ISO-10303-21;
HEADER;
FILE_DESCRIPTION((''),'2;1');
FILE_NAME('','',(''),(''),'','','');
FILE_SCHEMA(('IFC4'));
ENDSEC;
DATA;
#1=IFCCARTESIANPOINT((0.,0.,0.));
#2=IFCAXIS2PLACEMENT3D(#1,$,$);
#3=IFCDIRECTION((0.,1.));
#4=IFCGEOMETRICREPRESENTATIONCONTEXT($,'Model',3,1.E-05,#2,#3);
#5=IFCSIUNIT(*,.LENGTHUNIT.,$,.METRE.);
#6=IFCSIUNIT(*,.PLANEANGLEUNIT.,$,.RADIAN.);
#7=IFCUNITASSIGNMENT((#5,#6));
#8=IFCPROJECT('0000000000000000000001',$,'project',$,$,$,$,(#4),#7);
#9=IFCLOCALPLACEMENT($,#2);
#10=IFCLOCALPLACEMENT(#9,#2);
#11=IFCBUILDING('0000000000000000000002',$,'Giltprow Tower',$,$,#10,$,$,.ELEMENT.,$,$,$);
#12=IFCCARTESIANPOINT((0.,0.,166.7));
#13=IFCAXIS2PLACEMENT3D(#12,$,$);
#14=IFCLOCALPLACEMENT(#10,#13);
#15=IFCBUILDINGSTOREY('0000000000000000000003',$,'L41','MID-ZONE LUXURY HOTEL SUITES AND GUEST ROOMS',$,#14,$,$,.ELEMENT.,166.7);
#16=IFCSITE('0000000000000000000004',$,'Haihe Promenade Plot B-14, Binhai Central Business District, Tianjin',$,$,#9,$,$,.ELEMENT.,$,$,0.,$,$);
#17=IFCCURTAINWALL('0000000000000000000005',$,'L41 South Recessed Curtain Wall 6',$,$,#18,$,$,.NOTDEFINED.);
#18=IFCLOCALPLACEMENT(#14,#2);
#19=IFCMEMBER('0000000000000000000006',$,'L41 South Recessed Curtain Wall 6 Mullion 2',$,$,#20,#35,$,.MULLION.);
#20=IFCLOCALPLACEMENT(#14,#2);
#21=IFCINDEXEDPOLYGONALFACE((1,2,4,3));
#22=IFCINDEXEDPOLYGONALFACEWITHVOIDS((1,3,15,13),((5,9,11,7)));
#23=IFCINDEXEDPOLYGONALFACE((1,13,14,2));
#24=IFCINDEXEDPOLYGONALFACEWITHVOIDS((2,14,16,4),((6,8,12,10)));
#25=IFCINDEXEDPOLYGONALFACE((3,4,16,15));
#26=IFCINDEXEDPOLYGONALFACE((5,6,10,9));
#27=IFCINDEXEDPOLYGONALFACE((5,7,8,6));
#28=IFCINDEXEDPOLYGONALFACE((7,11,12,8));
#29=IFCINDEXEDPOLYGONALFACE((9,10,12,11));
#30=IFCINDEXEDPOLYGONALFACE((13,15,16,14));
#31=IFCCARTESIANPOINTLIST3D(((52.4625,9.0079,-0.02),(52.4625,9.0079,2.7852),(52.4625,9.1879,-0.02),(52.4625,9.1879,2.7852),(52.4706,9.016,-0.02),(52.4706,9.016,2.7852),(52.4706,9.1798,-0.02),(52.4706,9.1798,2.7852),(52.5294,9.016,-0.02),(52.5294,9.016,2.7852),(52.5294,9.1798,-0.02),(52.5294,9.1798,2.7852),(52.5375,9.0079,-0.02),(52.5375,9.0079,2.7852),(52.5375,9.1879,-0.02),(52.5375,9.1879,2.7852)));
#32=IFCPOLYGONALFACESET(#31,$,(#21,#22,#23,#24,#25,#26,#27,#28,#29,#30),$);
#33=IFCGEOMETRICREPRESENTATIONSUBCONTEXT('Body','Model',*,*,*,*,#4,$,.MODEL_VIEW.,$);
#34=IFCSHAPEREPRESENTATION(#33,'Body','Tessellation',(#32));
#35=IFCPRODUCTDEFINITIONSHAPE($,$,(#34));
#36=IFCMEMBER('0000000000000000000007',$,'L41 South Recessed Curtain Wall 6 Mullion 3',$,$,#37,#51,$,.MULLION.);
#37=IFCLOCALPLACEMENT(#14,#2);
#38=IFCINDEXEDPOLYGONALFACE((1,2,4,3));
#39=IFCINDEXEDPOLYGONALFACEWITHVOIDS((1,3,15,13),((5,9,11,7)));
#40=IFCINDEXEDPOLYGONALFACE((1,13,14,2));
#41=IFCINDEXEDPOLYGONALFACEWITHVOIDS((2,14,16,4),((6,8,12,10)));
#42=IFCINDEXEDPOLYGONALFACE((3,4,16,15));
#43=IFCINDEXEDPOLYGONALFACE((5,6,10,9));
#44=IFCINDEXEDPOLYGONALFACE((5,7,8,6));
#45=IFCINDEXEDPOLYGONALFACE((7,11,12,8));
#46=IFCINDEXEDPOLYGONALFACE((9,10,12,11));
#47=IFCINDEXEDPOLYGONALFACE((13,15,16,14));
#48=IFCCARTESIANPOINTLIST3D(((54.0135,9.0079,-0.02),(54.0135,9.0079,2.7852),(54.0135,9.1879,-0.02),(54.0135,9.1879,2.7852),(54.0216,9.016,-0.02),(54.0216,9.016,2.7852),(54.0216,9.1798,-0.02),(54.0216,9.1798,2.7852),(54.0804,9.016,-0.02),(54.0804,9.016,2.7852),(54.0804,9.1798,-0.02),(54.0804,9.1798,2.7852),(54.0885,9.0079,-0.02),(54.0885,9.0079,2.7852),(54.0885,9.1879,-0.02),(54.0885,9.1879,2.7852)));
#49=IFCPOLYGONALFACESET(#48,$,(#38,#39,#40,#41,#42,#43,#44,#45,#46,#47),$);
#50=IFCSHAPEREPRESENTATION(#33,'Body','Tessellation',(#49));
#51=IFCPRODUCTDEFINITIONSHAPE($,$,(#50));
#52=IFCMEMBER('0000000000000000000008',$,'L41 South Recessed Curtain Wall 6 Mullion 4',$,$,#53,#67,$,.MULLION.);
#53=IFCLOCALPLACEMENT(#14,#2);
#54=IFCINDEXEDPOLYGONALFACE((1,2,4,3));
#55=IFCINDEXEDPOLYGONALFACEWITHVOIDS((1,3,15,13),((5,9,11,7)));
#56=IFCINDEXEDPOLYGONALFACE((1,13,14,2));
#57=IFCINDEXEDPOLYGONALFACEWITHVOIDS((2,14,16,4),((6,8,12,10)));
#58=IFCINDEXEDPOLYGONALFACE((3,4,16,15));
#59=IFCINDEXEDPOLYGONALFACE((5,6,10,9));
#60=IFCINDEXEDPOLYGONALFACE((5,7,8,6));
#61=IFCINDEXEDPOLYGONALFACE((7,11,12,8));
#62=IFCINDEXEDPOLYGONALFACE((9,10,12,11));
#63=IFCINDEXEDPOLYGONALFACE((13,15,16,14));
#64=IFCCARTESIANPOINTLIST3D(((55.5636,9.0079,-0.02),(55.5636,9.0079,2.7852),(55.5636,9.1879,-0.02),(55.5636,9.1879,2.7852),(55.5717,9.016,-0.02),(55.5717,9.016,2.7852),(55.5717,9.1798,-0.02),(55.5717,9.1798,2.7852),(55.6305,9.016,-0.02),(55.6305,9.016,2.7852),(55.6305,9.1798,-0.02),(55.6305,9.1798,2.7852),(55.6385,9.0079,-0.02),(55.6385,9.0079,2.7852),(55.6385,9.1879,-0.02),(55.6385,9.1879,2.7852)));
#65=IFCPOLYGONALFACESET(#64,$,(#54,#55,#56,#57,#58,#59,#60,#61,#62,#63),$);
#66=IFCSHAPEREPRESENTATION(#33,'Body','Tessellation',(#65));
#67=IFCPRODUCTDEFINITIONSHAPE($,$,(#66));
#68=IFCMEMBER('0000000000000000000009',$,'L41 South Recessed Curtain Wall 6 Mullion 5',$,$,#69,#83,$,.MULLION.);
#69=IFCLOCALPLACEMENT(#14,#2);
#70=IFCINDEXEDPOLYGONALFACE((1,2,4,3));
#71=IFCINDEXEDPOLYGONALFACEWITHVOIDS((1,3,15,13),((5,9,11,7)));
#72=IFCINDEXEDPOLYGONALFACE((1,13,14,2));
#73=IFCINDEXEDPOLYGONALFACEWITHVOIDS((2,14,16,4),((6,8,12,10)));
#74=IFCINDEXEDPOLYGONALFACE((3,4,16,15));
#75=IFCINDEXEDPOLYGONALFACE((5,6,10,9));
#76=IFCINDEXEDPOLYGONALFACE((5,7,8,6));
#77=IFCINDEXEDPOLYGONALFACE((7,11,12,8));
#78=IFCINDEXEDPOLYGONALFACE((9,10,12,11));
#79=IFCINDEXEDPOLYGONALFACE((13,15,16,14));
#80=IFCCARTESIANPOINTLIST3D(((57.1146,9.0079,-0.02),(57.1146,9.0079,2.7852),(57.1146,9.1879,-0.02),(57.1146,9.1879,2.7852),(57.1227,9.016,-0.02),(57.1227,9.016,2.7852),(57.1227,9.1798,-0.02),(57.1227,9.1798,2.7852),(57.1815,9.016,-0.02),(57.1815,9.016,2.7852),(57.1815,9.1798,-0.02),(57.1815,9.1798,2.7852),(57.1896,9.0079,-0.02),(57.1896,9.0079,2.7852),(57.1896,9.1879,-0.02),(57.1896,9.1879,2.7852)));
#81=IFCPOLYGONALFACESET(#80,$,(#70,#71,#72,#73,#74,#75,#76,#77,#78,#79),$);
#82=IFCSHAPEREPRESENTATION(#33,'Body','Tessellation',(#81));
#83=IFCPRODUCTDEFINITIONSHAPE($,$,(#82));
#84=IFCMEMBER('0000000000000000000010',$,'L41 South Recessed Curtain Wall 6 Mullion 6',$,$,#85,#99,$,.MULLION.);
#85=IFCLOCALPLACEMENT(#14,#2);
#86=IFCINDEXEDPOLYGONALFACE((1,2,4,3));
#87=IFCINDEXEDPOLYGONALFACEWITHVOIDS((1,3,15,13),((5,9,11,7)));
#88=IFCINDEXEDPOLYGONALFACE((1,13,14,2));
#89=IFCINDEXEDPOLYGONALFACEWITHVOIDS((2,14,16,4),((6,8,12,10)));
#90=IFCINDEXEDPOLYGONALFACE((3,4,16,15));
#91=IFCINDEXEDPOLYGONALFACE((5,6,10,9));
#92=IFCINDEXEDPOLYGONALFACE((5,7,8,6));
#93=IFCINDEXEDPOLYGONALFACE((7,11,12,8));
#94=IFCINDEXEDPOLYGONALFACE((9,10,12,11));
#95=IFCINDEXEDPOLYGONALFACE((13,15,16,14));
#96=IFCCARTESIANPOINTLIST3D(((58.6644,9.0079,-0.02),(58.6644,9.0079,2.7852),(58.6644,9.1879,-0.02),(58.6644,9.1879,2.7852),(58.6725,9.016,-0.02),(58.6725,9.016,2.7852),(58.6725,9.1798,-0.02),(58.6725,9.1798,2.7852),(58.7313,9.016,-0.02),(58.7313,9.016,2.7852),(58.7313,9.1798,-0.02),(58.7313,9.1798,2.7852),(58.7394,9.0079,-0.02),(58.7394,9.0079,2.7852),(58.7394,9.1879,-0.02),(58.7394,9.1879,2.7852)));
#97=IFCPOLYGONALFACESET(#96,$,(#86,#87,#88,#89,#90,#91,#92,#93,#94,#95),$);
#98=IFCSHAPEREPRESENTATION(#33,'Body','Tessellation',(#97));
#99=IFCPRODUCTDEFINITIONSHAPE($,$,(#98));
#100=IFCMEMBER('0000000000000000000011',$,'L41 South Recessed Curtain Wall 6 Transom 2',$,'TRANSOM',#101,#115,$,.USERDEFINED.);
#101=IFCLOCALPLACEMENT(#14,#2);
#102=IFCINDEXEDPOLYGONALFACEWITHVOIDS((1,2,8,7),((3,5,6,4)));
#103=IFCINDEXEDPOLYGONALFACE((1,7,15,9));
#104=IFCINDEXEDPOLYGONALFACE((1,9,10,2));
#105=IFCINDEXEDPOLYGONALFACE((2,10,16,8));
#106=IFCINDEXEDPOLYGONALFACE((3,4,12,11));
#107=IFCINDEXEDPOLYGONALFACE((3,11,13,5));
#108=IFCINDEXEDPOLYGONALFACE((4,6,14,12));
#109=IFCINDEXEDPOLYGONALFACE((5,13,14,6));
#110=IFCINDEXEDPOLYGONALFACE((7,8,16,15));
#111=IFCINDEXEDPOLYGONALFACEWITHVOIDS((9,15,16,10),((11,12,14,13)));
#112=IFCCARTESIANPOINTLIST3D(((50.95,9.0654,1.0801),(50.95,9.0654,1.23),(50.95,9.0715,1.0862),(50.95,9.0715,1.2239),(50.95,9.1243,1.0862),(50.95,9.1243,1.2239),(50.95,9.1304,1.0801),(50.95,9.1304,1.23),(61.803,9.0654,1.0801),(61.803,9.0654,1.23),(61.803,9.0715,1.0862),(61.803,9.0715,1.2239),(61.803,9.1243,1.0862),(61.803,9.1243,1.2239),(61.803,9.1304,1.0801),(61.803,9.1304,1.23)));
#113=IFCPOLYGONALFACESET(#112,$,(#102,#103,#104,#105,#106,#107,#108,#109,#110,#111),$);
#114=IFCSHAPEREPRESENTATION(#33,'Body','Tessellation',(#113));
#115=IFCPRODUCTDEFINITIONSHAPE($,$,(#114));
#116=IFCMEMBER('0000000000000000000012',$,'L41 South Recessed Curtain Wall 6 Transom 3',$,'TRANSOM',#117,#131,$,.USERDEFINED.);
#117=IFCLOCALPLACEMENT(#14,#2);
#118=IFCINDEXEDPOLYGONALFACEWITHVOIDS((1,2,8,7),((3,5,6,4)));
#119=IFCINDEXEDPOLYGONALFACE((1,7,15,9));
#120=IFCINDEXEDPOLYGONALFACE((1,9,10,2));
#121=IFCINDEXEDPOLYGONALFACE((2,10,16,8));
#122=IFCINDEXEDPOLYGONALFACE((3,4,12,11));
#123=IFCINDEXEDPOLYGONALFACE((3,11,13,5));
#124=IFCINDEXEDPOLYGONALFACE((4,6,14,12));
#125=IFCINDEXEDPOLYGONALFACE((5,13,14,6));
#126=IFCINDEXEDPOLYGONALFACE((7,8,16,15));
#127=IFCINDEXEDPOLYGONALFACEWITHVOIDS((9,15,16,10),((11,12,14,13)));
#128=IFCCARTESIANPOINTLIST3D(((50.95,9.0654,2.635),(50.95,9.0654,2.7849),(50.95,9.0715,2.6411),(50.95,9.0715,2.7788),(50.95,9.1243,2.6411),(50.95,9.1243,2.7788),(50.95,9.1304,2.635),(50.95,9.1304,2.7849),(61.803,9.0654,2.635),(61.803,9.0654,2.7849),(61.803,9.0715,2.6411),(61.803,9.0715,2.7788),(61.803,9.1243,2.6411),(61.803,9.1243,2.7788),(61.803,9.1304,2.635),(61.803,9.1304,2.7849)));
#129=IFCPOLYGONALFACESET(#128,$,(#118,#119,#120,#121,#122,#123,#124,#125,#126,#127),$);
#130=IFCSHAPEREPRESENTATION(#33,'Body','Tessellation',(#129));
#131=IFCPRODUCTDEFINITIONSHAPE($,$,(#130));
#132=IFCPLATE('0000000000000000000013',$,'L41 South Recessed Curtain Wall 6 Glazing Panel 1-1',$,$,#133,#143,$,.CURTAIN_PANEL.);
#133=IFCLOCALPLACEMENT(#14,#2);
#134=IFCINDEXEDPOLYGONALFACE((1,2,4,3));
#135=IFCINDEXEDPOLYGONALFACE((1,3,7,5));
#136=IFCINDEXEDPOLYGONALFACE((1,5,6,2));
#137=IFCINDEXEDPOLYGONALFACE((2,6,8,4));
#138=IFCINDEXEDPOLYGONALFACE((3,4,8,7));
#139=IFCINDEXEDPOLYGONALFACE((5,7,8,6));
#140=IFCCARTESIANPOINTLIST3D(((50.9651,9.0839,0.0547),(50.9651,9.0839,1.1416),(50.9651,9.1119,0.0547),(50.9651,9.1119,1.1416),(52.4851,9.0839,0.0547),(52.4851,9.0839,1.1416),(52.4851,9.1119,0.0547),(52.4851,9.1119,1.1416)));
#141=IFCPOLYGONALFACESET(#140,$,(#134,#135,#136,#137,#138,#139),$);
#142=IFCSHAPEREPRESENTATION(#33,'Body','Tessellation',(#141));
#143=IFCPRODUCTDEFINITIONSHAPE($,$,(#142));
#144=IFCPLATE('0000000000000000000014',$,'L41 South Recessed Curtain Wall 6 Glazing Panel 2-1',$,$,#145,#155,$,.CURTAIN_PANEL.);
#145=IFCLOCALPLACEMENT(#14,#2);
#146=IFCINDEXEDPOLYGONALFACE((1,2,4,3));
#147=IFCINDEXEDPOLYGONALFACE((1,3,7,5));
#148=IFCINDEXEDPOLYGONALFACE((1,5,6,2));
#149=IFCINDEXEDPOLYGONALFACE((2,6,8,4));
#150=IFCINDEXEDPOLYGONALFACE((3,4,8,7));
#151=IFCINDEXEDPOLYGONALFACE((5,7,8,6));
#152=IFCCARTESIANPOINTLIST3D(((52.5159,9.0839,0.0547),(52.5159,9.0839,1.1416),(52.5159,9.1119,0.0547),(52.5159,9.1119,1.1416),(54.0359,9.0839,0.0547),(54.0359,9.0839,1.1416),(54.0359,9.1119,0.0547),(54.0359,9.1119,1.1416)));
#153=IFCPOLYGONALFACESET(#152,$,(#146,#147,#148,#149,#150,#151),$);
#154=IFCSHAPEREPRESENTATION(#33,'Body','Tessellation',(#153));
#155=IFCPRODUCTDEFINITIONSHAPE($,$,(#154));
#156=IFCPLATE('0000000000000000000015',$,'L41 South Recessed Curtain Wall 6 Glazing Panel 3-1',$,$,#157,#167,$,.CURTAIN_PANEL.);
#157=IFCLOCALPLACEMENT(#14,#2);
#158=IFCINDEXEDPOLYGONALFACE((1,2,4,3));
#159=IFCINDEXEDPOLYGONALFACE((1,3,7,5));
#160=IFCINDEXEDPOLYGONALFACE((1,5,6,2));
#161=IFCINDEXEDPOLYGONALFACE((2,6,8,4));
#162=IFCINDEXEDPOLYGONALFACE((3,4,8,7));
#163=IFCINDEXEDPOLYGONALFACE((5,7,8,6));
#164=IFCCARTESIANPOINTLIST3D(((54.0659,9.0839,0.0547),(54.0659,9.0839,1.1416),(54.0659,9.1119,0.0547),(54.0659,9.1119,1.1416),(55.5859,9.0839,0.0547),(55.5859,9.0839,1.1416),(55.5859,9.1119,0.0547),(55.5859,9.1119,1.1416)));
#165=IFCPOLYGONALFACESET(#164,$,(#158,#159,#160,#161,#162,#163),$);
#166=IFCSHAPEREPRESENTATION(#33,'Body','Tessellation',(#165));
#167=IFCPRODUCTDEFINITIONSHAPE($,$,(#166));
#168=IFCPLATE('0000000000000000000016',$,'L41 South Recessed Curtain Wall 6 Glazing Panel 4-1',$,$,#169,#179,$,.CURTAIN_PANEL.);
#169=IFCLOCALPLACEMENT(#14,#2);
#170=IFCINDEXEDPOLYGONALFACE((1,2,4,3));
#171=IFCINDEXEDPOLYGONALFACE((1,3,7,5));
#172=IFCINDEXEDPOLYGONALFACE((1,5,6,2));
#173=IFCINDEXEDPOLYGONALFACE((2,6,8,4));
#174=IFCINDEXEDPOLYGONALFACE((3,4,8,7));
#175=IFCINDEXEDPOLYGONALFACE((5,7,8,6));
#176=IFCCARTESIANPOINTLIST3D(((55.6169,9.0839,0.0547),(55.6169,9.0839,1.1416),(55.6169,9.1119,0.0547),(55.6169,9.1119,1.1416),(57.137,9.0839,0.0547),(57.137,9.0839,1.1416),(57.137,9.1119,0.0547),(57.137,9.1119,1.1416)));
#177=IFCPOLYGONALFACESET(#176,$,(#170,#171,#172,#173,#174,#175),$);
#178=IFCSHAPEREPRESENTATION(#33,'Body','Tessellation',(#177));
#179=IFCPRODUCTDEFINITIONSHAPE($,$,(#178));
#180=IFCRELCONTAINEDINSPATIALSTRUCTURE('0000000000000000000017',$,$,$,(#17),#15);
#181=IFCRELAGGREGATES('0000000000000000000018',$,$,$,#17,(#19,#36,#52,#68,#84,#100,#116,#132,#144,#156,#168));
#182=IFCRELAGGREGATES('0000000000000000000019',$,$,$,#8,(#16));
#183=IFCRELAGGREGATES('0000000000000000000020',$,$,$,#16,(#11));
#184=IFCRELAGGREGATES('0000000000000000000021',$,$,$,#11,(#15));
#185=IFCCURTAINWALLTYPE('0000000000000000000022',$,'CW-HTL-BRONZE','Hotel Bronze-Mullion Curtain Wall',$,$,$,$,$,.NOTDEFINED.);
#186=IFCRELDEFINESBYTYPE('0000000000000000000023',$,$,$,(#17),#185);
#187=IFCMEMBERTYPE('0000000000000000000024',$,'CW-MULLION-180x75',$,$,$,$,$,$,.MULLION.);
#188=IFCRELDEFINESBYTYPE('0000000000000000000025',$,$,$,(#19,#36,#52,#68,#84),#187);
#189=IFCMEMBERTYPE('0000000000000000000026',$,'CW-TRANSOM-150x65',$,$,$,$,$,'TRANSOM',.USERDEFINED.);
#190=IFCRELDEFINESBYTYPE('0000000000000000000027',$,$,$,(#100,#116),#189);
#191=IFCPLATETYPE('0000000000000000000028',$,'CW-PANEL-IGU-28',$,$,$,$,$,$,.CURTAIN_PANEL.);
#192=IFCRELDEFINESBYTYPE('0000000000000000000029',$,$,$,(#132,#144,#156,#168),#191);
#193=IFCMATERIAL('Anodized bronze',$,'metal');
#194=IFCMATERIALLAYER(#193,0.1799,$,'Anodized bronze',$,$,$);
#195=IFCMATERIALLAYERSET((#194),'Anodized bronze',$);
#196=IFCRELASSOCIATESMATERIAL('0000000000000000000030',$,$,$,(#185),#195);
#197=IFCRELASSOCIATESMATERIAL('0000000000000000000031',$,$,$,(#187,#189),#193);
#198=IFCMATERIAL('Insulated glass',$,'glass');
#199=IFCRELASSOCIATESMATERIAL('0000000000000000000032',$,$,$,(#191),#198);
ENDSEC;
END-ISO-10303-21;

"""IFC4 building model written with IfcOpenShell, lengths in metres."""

from ifc_helpers import new_model, si_unit, direction, frame, origin, origin_2d, place, context, subcontext, project, spatial, rectangle, hollow_rectangle, extrude, source, transform, mapped, material, layer, layer_set, material_profile, profile_set, type_object, element, aggregate, save


model = new_model("IFC4")

# Units and contexts
model_context = context("Model", 3, precision=1e-05, world=origin(), true_north=direction((0.0, 1.0)))
body_context = subcontext(model_context, "Body", "Model", "MODEL_VIEW")
ifc_project = project(units=[si_unit("LENGTHUNIT", "METRE"), si_unit("PLANEANGLEUNIT", "RADIAN")], contexts=[model_context])

# Site, building, storey
site_placement = place(None, origin())
site = spatial("IfcSite", under=ifc_project, at=site_placement, Name="Haihe Promenade Plot B-14, Binhai Central Business District, Tianjin", CompositionType="ELEMENT", RefElevation=0.0)
building_placement = place(site_placement, origin())
building = spatial("IfcBuilding", under=site, at=building_placement, Name="Giltprow Tower", CompositionType="ELEMENT")
storey_placement = place(building_placement, frame((0.0, 0.0, 166.7)))
storey = spatial("IfcBuildingStorey", under=building, at=storey_placement, Name="L41", Description="MID-ZONE LUXURY HOTEL SUITES AND GUEST ROOMS", CompositionType="ELEMENT", Elevation=166.7)

# Curtain wall, members, plates
ifc_material_1 = material(Name="Anodized bronze", Category="metal")
ifc_layer = layer(ifc_material_1, 0.1799, Name="Anodized bronze")
ifc_layer_set = layer_set([ifc_layer], Name="Anodized bronze")
curtain_wall_type = type_object("IfcCurtainWallType", Name="CW-HTL-BRONZE", Description="Hotel Bronze-Mullion Curtain Wall", PredefinedType="NOTDEFINED", material=ifc_layer_set)
curtain_wall_placement = place(storey_placement, origin())
curtain_wall = element("IfcCurtainWall", 1, at=curtain_wall_placement, inside=storey, type_object=curtain_wall_type, Name="L41 South Recessed Curtain Wall 6", PredefinedType="NOTDEFINED")
ifc_material_profile_1 = material_profile(ifc_material_1, hollow_rectangle(XDim=0.075, YDim=0.1799, WallThickness=0.0081, at=origin_2d()), Name="RHS 180x75x8")
ifc_profile_set_1 = profile_set([ifc_material_profile_1], Name="Anodized bronze")
member_type_1 = type_object("IfcMemberType", Name="CW-MULLION-180x75", PredefinedType="MULLION", material=ifc_profile_set_1)
shared_shape_1 = source(origin(), body_context, "Body", "SweptSolid", [
    extrude(hollow_rectangle(XDim=0.075, YDim=0.1799, WallThickness=0.0081, at=origin_2d()), origin(), (0.0, 0.0, 1.0), 2.8052),
])
member_1_placement = place(storey_placement, frame((52.5, 9.0979, -0.02), z_axis=(0.0, 0.0, 1.0), x_axis=(1.0, 0.0, 0.0)))
member_1 = element("IfcMember", 2, at=member_1_placement, type_object=member_type_1, Name="L41 South Recessed Curtain Wall 6 Mullion 2", PredefinedType="MULLION", context=body_context, shape_type="MappedRepresentation", body=[
    mapped(shared_shape_1, transform((0.0, 0.0, 0.0), x_axis=(1.0, 0.0, 0.0), y_axis=(0.0, 1.0, 0.0), z_axis=(0.0, 0.0, 1.0), scale=1.0)),
])
member_2_placement = place(storey_placement, frame((54.051, 9.0979, -0.02), z_axis=(0.0, 0.0, 1.0), x_axis=(1.0, 0.0, 0.0)))
member_2 = element("IfcMember", 3, at=member_2_placement, type_object=member_type_1, Name="L41 South Recessed Curtain Wall 6 Mullion 3", PredefinedType="MULLION", context=body_context, shape_type="MappedRepresentation", body=[
    mapped(shared_shape_1, transform((0.0, 0.0, 0.0), x_axis=(1.0, 0.0, 0.0), y_axis=(0.0, 1.0, 0.0), z_axis=(0.0, 0.0, 1.0), scale=1.0)),
])
member_3_placement = place(storey_placement, frame((55.6011, 9.0979, -0.02), z_axis=(0.0, 0.0, 1.0), x_axis=(1.0, 0.0, 0.0)))
member_3 = element("IfcMember", 4, at=member_3_placement, type_object=member_type_1, Name="L41 South Recessed Curtain Wall 6 Mullion 4", PredefinedType="MULLION", context=body_context, shape_type="MappedRepresentation", body=[
    mapped(shared_shape_1, transform((0.0, 0.0, 0.0), x_axis=(1.0, 0.0, 0.0), y_axis=(0.0, 1.0, 0.0), z_axis=(0.0, 0.0, 1.0), scale=1.0)),
])
member_4_placement = place(storey_placement, frame((57.1521, 9.0979, -0.02), z_axis=(0.0, 0.0, 1.0), x_axis=(1.0, 0.0, 0.0)))
member_4 = element("IfcMember", 5, at=member_4_placement, type_object=member_type_1, Name="L41 South Recessed Curtain Wall 6 Mullion 5", PredefinedType="MULLION", context=body_context, shape_type="MappedRepresentation", body=[
    mapped(shared_shape_1, transform((0.0, 0.0, 0.0), x_axis=(1.0, 0.0, 0.0), y_axis=(0.0, 1.0, 0.0), z_axis=(0.0, 0.0, 1.0), scale=1.0)),
])
member_5_placement = place(storey_placement, frame((58.7019, 9.0979, -0.02), z_axis=(0.0, 0.0, 1.0), x_axis=(1.0, 0.0, 0.0)))
member_5 = element("IfcMember", 6, at=member_5_placement, type_object=member_type_1, Name="L41 South Recessed Curtain Wall 6 Mullion 6", PredefinedType="MULLION", context=body_context, shape_type="MappedRepresentation", body=[
    mapped(shared_shape_1, transform((0.0, 0.0, 0.0), x_axis=(1.0, 0.0, 0.0), y_axis=(0.0, 1.0, 0.0), z_axis=(0.0, 0.0, 1.0), scale=1.0)),
])
ifc_material_profile_2 = material_profile(ifc_material_1, hollow_rectangle(XDim=0.0649, YDim=0.1499, WallThickness=0.0061, at=origin_2d()), Name="RHS 150x65x6")
ifc_profile_set_2 = profile_set([ifc_material_profile_2], Name="Anodized bronze")
member_type_2 = type_object("IfcMemberType", Name="CW-TRANSOM-150x65", ElementType="TRANSOM", PredefinedType="USERDEFINED", material=ifc_profile_set_2)
shared_shape_2 = source(origin(), body_context, "Body", "SweptSolid", [
    extrude(hollow_rectangle(XDim=0.0649, YDim=0.1499, WallThickness=0.0061, at=origin_2d()), origin(), (0.0, 0.0, 1.0), 10.853),
])
member_6_placement = place(storey_placement, frame((50.95, 9.0979, 1.155), z_axis=(1.0, 0.0, 0.0), x_axis=(0.0, 1.0, 0.0)))
member_6 = element("IfcMember", 7, at=member_6_placement, type_object=member_type_2, Name="L41 South Recessed Curtain Wall 6 Transom 2", ObjectType="TRANSOM", PredefinedType="USERDEFINED", context=body_context, shape_type="MappedRepresentation", body=[
    mapped(shared_shape_2, transform((0.0, 0.0, 0.0), x_axis=(1.0, 0.0, 0.0), y_axis=(0.0, 1.0, 0.0), z_axis=(0.0, 0.0, 1.0), scale=1.0)),
])
member_7_placement = place(storey_placement, frame((50.95, 9.0979, 2.71), z_axis=(1.0, 0.0, 0.0), x_axis=(0.0, 1.0, 0.0)))
member_7 = element("IfcMember", 8, at=member_7_placement, type_object=member_type_2, Name="L41 South Recessed Curtain Wall 6 Transom 3", ObjectType="TRANSOM", PredefinedType="USERDEFINED", context=body_context, shape_type="MappedRepresentation", body=[
    mapped(shared_shape_2, transform((0.0, 0.0, 0.0), x_axis=(1.0, 0.0, 0.0), y_axis=(0.0, 1.0, 0.0), z_axis=(0.0, 0.0, 1.0), scale=1.0)),
])
ifc_material_2 = material(Name="Insulated glass", Category="glass")
plate_type = type_object("IfcPlateType", Name="CW-PANEL-IGU-28", PredefinedType="CURTAIN_PANEL", material=ifc_material_2)
shared_shape_3 = source(origin(), body_context, "Body", "SweptSolid", [
    extrude(rectangle(XDim=1.52, YDim=0.0281, at=origin_2d()), origin(), (0.0, 0.0, 1.0), 1.0869),
])
plate_1_placement = place(storey_placement, frame((51.7251, 9.0979, 0.0547), z_axis=(0.0, 0.0, 1.0), x_axis=(1.0, 0.0, 0.0)))
plate_1 = element("IfcPlate", 9, at=plate_1_placement, type_object=plate_type, Name="L41 South Recessed Curtain Wall 6 Glazing Panel 1-1", PredefinedType="CURTAIN_PANEL", context=body_context, shape_type="MappedRepresentation", body=[
    mapped(shared_shape_3, transform((0.0, 0.0, 0.0), x_axis=(1.0, 0.0, 0.0), y_axis=(0.0, 1.0, 0.0), z_axis=(0.0, 0.0, 1.0), scale=1.0)),
])
plate_2_placement = place(storey_placement, frame((53.2759, 9.0979, 0.0547), z_axis=(0.0, 0.0, 1.0), x_axis=(1.0, 0.0, 0.0)))
plate_2 = element("IfcPlate", 10, at=plate_2_placement, type_object=plate_type, Name="L41 South Recessed Curtain Wall 6 Glazing Panel 2-1", PredefinedType="CURTAIN_PANEL", context=body_context, shape_type="MappedRepresentation", body=[
    mapped(shared_shape_3, transform((0.0, 0.0, 0.0), x_axis=(1.0, 0.0, 0.0), y_axis=(0.0, 1.0, 0.0), z_axis=(0.0, 0.0, 1.0), scale=1.0)),
])
plate_3_placement = place(storey_placement, frame((54.8259, 9.0979, 0.0547), z_axis=(0.0, 0.0, 1.0), x_axis=(1.0, 0.0, 0.0)))
plate_3 = element("IfcPlate", 11, at=plate_3_placement, type_object=plate_type, Name="L41 South Recessed Curtain Wall 6 Glazing Panel 3-1", PredefinedType="CURTAIN_PANEL", context=body_context, shape_type="MappedRepresentation", body=[
    mapped(shared_shape_3, transform((0.0, 0.0, 0.0), x_axis=(1.0, 0.0, 0.0), y_axis=(0.0, 1.0, 0.0), z_axis=(0.0, 0.0, 1.0), scale=1.0)),
])
plate_4_placement = place(storey_placement, frame((56.377, 9.0979, 0.0547), z_axis=(0.0, 0.0, 1.0), x_axis=(1.0, 0.0, 0.0)))
plate_4 = element("IfcPlate", 12, at=plate_4_placement, type_object=plate_type, Name="L41 South Recessed Curtain Wall 6 Glazing Panel 4-1", PredefinedType="CURTAIN_PANEL", context=body_context, shape_type="MappedRepresentation", body=[
    mapped(shared_shape_3, transform((0.0, 0.0, 0.0), x_axis=(1.0, 0.0, 0.0), y_axis=(0.0, 1.0, 0.0), z_axis=(0.0, 0.0, 1.0), scale=1.0)),
])
aggregate(curtain_wall, [member_1, member_2, member_3, member_4, member_5, member_6, member_7, plate_1, plate_2, plate_3, plate_4])

save(model, "model.ifc")
